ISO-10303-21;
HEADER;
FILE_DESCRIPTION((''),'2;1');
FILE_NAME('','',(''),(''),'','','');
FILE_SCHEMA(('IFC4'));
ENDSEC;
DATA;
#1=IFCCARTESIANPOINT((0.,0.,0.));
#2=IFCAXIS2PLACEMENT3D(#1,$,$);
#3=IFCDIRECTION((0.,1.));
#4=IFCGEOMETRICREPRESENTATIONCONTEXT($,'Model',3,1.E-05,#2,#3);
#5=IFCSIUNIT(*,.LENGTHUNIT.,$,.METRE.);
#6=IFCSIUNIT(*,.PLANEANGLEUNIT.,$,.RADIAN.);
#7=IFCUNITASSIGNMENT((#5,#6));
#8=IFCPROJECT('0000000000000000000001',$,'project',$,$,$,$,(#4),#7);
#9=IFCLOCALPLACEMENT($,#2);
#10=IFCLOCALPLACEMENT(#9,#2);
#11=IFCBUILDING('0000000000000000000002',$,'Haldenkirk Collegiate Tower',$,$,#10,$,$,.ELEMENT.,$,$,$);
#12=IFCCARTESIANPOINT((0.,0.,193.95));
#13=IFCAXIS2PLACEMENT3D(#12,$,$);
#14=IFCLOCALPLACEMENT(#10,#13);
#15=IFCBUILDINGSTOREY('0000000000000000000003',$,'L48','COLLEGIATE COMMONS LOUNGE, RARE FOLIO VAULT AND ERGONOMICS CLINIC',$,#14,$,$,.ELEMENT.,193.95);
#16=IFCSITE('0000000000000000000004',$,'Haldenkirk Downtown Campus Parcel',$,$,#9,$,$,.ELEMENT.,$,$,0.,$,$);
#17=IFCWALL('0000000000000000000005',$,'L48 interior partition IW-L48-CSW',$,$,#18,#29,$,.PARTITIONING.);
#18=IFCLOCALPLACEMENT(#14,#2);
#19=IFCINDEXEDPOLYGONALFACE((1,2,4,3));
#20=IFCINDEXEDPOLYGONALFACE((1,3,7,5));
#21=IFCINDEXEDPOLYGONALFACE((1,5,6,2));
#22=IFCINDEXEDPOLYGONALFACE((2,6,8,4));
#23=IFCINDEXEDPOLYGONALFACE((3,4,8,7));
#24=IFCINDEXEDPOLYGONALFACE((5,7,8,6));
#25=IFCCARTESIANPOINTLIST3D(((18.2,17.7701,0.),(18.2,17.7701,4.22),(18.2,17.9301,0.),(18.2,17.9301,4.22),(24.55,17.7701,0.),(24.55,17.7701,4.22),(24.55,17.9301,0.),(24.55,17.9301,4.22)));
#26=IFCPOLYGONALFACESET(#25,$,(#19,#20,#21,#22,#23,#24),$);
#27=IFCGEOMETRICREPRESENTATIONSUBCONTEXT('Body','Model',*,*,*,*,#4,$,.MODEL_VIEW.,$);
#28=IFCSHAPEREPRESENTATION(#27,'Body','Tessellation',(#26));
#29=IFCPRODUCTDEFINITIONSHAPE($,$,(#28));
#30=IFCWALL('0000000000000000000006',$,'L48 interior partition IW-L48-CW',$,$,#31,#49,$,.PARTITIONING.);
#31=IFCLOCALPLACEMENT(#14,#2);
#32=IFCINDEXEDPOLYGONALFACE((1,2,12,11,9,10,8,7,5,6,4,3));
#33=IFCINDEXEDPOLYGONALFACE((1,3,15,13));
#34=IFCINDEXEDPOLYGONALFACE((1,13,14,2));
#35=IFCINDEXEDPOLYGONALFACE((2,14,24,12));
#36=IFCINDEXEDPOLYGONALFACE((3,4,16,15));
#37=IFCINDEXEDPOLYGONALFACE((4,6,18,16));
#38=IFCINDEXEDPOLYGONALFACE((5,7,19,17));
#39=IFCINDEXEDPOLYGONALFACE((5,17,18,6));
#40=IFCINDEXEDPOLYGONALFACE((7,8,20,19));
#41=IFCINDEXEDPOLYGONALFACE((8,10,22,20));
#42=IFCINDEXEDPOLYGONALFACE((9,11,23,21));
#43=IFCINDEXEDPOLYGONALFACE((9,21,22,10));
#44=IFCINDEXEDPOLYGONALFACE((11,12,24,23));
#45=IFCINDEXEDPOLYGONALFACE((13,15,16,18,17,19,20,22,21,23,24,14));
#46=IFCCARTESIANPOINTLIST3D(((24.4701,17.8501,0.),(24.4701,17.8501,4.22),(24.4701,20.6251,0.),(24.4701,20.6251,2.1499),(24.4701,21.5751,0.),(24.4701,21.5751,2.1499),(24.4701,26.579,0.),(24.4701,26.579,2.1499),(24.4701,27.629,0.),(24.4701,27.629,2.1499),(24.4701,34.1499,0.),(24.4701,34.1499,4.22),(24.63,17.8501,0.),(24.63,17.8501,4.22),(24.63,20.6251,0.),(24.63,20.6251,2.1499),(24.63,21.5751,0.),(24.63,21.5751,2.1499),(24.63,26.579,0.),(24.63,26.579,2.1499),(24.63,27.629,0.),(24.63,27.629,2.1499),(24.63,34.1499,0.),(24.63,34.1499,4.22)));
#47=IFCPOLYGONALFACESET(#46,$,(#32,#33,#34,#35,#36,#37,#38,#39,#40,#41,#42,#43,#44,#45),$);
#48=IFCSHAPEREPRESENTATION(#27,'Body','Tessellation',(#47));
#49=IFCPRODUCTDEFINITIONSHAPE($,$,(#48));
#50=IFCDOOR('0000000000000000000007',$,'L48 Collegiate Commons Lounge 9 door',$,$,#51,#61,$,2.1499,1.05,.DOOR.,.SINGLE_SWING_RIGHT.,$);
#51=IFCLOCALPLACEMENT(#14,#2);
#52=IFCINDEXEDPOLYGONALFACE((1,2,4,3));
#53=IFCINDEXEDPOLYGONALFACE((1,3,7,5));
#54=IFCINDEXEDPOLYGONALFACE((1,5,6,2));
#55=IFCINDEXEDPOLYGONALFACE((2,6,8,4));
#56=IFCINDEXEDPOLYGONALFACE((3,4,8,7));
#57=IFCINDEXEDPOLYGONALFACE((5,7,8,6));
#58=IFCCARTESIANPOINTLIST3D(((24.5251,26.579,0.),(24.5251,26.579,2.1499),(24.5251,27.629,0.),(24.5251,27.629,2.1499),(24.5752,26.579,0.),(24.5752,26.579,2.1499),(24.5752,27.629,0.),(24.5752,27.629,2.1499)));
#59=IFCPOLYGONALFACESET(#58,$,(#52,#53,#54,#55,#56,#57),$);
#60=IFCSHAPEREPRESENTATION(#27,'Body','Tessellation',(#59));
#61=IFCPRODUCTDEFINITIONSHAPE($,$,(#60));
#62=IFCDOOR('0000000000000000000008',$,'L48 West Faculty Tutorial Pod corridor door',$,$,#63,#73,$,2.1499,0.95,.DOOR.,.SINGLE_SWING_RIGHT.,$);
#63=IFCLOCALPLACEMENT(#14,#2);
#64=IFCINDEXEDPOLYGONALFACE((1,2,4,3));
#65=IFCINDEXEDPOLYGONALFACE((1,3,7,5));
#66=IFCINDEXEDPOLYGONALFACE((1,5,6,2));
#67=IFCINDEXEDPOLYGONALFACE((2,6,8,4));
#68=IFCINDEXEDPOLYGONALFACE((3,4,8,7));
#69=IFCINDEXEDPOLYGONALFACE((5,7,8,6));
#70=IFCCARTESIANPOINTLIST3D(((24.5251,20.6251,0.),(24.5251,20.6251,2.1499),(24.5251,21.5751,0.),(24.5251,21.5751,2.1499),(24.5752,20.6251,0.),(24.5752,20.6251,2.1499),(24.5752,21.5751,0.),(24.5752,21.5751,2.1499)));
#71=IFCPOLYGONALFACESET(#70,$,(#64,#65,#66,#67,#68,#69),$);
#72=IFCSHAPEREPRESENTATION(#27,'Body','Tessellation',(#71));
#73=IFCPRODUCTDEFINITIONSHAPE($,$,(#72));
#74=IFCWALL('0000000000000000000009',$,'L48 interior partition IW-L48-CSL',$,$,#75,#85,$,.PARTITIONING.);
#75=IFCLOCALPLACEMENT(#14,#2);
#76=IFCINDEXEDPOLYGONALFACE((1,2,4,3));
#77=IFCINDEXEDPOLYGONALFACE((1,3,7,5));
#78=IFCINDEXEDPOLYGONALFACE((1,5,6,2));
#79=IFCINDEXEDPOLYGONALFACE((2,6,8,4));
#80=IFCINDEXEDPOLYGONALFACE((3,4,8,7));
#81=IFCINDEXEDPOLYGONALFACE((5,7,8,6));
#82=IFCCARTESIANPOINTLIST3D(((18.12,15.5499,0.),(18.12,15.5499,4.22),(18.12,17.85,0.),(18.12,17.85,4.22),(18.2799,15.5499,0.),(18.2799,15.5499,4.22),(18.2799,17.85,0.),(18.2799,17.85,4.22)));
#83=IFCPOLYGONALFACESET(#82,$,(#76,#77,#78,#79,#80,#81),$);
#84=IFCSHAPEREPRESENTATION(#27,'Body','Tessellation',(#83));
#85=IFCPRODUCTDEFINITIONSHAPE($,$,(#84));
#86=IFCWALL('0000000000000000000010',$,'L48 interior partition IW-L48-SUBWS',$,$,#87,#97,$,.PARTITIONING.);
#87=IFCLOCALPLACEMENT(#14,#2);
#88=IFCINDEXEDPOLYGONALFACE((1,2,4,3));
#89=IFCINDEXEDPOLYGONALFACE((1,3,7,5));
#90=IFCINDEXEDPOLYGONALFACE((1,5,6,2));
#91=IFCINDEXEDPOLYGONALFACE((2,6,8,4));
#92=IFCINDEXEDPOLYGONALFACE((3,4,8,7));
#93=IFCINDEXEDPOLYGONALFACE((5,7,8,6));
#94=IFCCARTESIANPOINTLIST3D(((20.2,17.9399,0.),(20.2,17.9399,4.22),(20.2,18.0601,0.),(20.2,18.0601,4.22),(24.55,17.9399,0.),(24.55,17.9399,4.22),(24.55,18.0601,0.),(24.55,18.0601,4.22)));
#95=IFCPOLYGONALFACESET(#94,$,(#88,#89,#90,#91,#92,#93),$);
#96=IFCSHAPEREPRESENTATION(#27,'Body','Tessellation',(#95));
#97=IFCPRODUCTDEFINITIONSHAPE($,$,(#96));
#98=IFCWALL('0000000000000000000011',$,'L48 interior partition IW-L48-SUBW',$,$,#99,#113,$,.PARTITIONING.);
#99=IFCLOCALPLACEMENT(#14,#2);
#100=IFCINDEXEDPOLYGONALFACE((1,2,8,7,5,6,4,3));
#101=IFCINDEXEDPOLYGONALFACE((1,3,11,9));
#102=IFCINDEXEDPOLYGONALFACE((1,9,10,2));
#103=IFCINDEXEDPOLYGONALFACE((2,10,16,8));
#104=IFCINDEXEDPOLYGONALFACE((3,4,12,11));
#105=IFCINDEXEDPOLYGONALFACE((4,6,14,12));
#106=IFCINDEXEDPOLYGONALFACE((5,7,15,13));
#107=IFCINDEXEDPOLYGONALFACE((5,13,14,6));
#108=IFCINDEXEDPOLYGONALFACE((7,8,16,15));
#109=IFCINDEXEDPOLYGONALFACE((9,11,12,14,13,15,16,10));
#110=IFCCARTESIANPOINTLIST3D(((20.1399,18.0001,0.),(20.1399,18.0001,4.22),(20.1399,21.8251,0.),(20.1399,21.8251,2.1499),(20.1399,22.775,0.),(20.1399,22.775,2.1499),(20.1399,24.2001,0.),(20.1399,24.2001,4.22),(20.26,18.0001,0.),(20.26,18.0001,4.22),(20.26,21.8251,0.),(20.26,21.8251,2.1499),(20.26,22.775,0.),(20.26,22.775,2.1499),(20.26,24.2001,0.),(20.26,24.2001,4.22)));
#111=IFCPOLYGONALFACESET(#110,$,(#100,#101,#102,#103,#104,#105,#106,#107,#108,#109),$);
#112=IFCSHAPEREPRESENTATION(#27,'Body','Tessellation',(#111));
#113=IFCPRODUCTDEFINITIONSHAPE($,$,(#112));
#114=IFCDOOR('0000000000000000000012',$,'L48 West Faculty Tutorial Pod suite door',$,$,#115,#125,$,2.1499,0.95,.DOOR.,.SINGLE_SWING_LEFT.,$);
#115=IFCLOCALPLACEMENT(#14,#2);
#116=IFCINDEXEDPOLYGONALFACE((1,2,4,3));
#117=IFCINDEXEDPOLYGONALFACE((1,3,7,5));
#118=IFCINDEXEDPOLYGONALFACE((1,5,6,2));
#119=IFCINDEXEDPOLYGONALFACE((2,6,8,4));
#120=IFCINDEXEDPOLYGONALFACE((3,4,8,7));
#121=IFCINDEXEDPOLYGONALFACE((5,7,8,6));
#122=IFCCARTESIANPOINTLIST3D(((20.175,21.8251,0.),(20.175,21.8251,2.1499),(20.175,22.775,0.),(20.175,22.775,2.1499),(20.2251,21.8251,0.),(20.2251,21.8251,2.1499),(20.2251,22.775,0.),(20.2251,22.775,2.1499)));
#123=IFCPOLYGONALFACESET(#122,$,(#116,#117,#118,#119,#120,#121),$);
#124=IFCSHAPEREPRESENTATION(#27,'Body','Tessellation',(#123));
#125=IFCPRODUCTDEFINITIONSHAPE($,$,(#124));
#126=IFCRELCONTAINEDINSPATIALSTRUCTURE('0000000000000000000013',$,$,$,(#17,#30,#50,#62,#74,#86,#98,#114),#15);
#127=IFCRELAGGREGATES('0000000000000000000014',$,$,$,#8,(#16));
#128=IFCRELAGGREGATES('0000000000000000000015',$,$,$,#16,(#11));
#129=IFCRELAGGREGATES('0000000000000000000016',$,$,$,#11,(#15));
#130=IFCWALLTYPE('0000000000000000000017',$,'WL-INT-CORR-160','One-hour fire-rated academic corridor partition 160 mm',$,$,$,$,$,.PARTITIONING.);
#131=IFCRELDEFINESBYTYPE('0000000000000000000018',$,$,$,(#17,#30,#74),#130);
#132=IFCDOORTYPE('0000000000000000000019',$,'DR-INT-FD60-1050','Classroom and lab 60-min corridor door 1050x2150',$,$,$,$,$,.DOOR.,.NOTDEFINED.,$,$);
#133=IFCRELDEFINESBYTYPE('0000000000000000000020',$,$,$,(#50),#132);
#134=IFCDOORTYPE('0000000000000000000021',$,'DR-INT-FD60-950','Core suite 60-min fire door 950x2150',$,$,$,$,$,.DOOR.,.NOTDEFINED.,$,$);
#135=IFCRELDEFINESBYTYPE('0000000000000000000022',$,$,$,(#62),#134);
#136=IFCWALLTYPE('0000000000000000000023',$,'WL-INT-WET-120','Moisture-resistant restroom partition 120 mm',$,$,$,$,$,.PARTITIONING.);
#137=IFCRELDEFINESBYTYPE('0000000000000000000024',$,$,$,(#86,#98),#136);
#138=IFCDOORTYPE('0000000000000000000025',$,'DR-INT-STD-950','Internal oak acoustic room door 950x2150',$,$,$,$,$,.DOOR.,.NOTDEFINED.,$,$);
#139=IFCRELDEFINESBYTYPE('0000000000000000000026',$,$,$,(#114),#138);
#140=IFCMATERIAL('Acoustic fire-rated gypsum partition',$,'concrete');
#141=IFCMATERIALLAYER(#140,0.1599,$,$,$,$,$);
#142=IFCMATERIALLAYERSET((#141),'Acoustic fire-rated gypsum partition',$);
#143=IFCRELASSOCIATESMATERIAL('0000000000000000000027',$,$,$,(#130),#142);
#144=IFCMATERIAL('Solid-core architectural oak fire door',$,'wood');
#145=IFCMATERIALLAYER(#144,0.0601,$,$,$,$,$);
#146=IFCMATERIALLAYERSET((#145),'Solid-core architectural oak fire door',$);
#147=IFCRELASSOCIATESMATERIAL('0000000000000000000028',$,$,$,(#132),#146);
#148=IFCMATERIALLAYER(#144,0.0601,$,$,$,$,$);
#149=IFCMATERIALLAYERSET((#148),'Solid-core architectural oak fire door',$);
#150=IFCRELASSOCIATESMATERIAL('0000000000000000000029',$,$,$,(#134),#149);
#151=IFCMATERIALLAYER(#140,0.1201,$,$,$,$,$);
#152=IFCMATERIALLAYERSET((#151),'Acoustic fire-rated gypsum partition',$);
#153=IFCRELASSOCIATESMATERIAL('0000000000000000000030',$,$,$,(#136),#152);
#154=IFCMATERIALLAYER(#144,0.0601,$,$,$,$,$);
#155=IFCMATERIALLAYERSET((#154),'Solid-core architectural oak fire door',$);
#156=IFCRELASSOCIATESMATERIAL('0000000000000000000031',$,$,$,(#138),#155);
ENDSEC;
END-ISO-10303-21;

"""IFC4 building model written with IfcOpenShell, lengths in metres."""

from ifc_helpers import new_model, si_unit, direction, frame, frame_2d, origin, place, context, subcontext, project, spatial, rectangle, extrude, material, layer, layer_set, type_object, element, fill, save


model = new_model("IFC4")

# Units and contexts
model_context = context("Model", 3, precision=1e-05, world=origin(), true_north=direction((0.0, 1.0)))
body_context = subcontext(model_context, "Body", "Model", "MODEL_VIEW")
ifc_project = project(units=[si_unit("LENGTHUNIT", "METRE"), si_unit("PLANEANGLEUNIT", "RADIAN")], contexts=[model_context])

# Site, building, storey
site_placement = place(None, origin())
site = spatial("IfcSite", under=ifc_project, at=site_placement, Name="Haldenkirk Downtown Campus Parcel", CompositionType="ELEMENT", RefElevation=0.0)
building_placement = place(site_placement, origin())
building = spatial("IfcBuilding", under=site, at=building_placement, Name="Haldenkirk Collegiate Tower", CompositionType="ELEMENT")
storey_placement = place(building_placement, frame((0.0, 0.0, 193.95)))
storey = spatial("IfcBuildingStorey", under=building, at=storey_placement, Name="L48", Description="COLLEGIATE COMMONS LOUNGE, RARE FOLIO VAULT AND ERGONOMICS CLINIC", CompositionType="ELEMENT", Elevation=193.95)

# Shared definitions
ifc_material_1 = material(Name="Acoustic fire-rated gypsum partition", Category="concrete")
ifc_layer_1 = layer(ifc_material_1, 0.1599)
ifc_layer_set_1 = layer_set([ifc_layer_1], Name="Acoustic fire-rated gypsum partition")
wall_type_1 = type_object("IfcWallType", Name="WL-INT-CORR-160", Description="One-hour fire-rated academic corridor partition 160 mm", PredefinedType="PARTITIONING", material=ifc_layer_set_1)
ifc_material_2 = material(Name="Solid-core architectural oak fire door", Category="wood")
ifc_layer_2 = layer(ifc_material_2, 0.0601)
ifc_layer_set_2 = layer_set([ifc_layer_2], Name="Solid-core architectural oak fire door")
door_type_1 = type_object("IfcDoorType", Name="DR-INT-FD60-1050", Description="Classroom and lab 60-min corridor door 1050x2150", OperationType="NOTDEFINED", PredefinedType="DOOR", material=ifc_layer_set_2)

# Wall
wall_1_placement = place(storey_placement, frame((18.2, 17.8501, 0.0), z_axis=(0.0, 0.0, 1.0), x_axis=(1.0, 0.0, 0.0)))
element("IfcWall", 1, at=wall_1_placement, inside=storey, type_object=wall_type_1, Name="L48 interior partition IW-L48-CSW", PredefinedType="PARTITIONING", context=body_context, shape_type="SweptSolid", body=[
    extrude(rectangle(XDim=6.3501, YDim=0.1599, at=frame_2d((3.175, 0.0))), origin(), (0.0, 0.0, 1.0), 4.22),
])

# Wall, openings, doors
wall_2_placement = place(storey_placement, frame((24.55, 17.8501, 0.0), z_axis=(0.0, 0.0, 1.0), x_axis=(0.0, 1.0, 0.0)))
wall_2 = element("IfcWall", 2, at=wall_2_placement, inside=storey, type_object=wall_type_1, Name="L48 interior partition IW-L48-CW", PredefinedType="PARTITIONING", context=body_context, shape_type="SweptSolid", body=[
    extrude(rectangle(XDim=16.2998, YDim=0.1599, at=frame_2d((8.1499, 0.0))), origin(), (0.0, 0.0, 1.0), 4.22),
])
opening_1_placement = place(wall_2_placement, frame((2.7749, 0.0, 0.0)))
opening_1 = element("IfcOpeningElement", 3, at=opening_1_placement, cuts=wall_2, PredefinedType="OPENING", context=body_context, shape_type="SweptSolid", body=[
    extrude(rectangle(XDim=0.95, YDim=2.1499, at=frame_2d((0.4751, 1.075))), frame((0.0, 0.0898, 0.0), z_axis=(0.0, -1.0, 0.0), x_axis=(1.0, 0.0, 0.0)), (0.0, 0.0, 1.0), 0.1799),
])
opening_2_placement = place(wall_2_placement, frame((8.729, 0.0, 0.0)))
opening_2 = element("IfcOpeningElement", 4, at=opening_2_placement, cuts=wall_2, PredefinedType="OPENING", context=body_context, shape_type="SweptSolid", body=[
    extrude(rectangle(XDim=1.05, YDim=2.1499, at=frame_2d((0.5249, 1.075))), frame((0.0, 0.0898, 0.0), z_axis=(0.0, -1.0, 0.0), x_axis=(1.0, 0.0, 0.0)), (0.0, 0.0, 1.0), 0.1799),
])
door_1_placement = place(opening_2_placement, origin())
door_1 = element("IfcDoor", 5, at=door_1_placement, inside=storey, type_object=door_type_1, Name="L48 Collegiate Commons Lounge 9 door", OperationType="SINGLE_SWING_RIGHT", OverallHeight=2.1499, OverallWidth=1.05, PredefinedType="DOOR", context=body_context, shape_type="SweptSolid", body=[
    extrude(rectangle(XDim=1.05, YDim=2.1499, at=frame_2d((0.5249, 1.075))), frame((0.0, 0.0249, 0.0), z_axis=(0.0, -1.0, 0.0), x_axis=(1.0, 0.0, 0.0)), (0.0, 0.0, 1.0), 0.05),
])
fill(opening_2, door_1)
ifc_layer_3 = layer(ifc_material_2, 0.0601)
ifc_layer_set_3 = layer_set([ifc_layer_3], Name="Solid-core architectural oak fire door")
door_type_2 = type_object("IfcDoorType", Name="DR-INT-FD60-950", Description="Core suite 60-min fire door 950x2150", OperationType="NOTDEFINED", PredefinedType="DOOR", material=ifc_layer_set_3)
door_2_placement = place(opening_1_placement, origin())
door_2 = element("IfcDoor", 6, at=door_2_placement, inside=storey, type_object=door_type_2, Name="L48 West Faculty Tutorial Pod corridor door", OperationType="SINGLE_SWING_RIGHT", OverallHeight=2.1499, OverallWidth=0.95, PredefinedType="DOOR", context=body_context, shape_type="SweptSolid", body=[
    extrude(rectangle(XDim=0.95, YDim=2.1499, at=frame_2d((0.4751, 1.075))), frame((0.0, 0.0249, 0.0), z_axis=(0.0, -1.0, 0.0), x_axis=(1.0, 0.0, 0.0)), (0.0, 0.0, 1.0), 0.05),
])
fill(opening_1, door_2)

# Walls
wall_3_placement = place(storey_placement, frame((18.2, 15.55, 0.0), z_axis=(0.0, 0.0, 1.0), x_axis=(0.0, 1.0, 0.0)))
element("IfcWall", 7, at=wall_3_placement, inside=storey, type_object=wall_type_1, Name="L48 interior partition IW-L48-CSL", PredefinedType="PARTITIONING", context=body_context, shape_type="SweptSolid", body=[
    extrude(rectangle(XDim=2.3, YDim=0.1599, at=frame_2d((1.1499, 0.0))), origin(), (0.0, 0.0, 1.0), 4.22),
])
ifc_layer_4 = layer(ifc_material_1, 0.1201)
ifc_layer_set_4 = layer_set([ifc_layer_4], Name="Acoustic fire-rated gypsum partition")
wall_type_2 = type_object("IfcWallType", Name="WL-INT-WET-120", Description="Moisture-resistant restroom partition 120 mm", PredefinedType="PARTITIONING", material=ifc_layer_set_4)
wall_4_placement = place(storey_placement, frame((20.2, 18.0, 0.0), z_axis=(0.0, 0.0, 1.0), x_axis=(1.0, 0.0, 0.0)))
element("IfcWall", 8, at=wall_4_placement, inside=storey, type_object=wall_type_2, Name="L48 interior partition IW-L48-SUBWS", PredefinedType="PARTITIONING", context=body_context, shape_type="SweptSolid", body=[
    extrude(rectangle(XDim=4.3501, YDim=0.1201, at=frame_2d((2.175, 0.0))), origin(), (0.0, 0.0, 1.0), 4.22),
])

# Wall, opening, door
wall_5_placement = place(storey_placement, frame((20.2, 18.0, 0.0), z_axis=(0.0, 0.0, 1.0), x_axis=(0.0, 1.0, 0.0)))
wall_5 = element("IfcWall", 9, at=wall_5_placement, inside=storey, type_object=wall_type_2, Name="L48 interior partition IW-L48-SUBW", PredefinedType="PARTITIONING", context=body_context, shape_type="SweptSolid", body=[
    extrude(rectangle(XDim=6.2, YDim=0.1201, at=frame_2d((3.1001, 0.0))), origin(), (0.0, 0.0, 1.0), 4.22),
])
opening_3_placement = place(wall_5_placement, frame((3.825, 0.0, 0.0)))
opening_3 = element("IfcOpeningElement", 10, at=opening_3_placement, cuts=wall_5, PredefinedType="OPENING", context=body_context, shape_type="SweptSolid", body=[
    extrude(rectangle(XDim=0.95, YDim=2.1499, at=frame_2d((0.4751, 1.075))), frame((0.0, 0.0701, 0.0), z_axis=(0.0, -1.0, 0.0), x_axis=(1.0, 0.0, 0.0)), (0.0, 0.0, 1.0), 0.1401),
])
ifc_layer_5 = layer(ifc_material_2, 0.0601)
ifc_layer_set_5 = layer_set([ifc_layer_5], Name="Solid-core architectural oak fire door")
door_type_3 = type_object("IfcDoorType", Name="DR-INT-STD-950", Description="Internal oak acoustic room door 950x2150", OperationType="NOTDEFINED", PredefinedType="DOOR", material=ifc_layer_set_5)
door_3_placement = place(opening_3_placement, origin())
door_3 = element("IfcDoor", 11, at=door_3_placement, inside=storey, type_object=door_type_3, Name="L48 West Faculty Tutorial Pod suite door", OperationType="SINGLE_SWING_LEFT", OverallHeight=2.1499, OverallWidth=0.95, PredefinedType="DOOR", context=body_context, shape_type="SweptSolid", body=[
    extrude(rectangle(XDim=0.95, YDim=2.1499, at=frame_2d((0.4751, 1.075))), frame((0.0, 0.0249, 0.0), z_axis=(0.0, -1.0, 0.0), x_axis=(1.0, 0.0, 0.0)), (0.0, 0.0, 1.0), 0.05),
])
fill(opening_3, door_3)

save(model, "model.ifc")
